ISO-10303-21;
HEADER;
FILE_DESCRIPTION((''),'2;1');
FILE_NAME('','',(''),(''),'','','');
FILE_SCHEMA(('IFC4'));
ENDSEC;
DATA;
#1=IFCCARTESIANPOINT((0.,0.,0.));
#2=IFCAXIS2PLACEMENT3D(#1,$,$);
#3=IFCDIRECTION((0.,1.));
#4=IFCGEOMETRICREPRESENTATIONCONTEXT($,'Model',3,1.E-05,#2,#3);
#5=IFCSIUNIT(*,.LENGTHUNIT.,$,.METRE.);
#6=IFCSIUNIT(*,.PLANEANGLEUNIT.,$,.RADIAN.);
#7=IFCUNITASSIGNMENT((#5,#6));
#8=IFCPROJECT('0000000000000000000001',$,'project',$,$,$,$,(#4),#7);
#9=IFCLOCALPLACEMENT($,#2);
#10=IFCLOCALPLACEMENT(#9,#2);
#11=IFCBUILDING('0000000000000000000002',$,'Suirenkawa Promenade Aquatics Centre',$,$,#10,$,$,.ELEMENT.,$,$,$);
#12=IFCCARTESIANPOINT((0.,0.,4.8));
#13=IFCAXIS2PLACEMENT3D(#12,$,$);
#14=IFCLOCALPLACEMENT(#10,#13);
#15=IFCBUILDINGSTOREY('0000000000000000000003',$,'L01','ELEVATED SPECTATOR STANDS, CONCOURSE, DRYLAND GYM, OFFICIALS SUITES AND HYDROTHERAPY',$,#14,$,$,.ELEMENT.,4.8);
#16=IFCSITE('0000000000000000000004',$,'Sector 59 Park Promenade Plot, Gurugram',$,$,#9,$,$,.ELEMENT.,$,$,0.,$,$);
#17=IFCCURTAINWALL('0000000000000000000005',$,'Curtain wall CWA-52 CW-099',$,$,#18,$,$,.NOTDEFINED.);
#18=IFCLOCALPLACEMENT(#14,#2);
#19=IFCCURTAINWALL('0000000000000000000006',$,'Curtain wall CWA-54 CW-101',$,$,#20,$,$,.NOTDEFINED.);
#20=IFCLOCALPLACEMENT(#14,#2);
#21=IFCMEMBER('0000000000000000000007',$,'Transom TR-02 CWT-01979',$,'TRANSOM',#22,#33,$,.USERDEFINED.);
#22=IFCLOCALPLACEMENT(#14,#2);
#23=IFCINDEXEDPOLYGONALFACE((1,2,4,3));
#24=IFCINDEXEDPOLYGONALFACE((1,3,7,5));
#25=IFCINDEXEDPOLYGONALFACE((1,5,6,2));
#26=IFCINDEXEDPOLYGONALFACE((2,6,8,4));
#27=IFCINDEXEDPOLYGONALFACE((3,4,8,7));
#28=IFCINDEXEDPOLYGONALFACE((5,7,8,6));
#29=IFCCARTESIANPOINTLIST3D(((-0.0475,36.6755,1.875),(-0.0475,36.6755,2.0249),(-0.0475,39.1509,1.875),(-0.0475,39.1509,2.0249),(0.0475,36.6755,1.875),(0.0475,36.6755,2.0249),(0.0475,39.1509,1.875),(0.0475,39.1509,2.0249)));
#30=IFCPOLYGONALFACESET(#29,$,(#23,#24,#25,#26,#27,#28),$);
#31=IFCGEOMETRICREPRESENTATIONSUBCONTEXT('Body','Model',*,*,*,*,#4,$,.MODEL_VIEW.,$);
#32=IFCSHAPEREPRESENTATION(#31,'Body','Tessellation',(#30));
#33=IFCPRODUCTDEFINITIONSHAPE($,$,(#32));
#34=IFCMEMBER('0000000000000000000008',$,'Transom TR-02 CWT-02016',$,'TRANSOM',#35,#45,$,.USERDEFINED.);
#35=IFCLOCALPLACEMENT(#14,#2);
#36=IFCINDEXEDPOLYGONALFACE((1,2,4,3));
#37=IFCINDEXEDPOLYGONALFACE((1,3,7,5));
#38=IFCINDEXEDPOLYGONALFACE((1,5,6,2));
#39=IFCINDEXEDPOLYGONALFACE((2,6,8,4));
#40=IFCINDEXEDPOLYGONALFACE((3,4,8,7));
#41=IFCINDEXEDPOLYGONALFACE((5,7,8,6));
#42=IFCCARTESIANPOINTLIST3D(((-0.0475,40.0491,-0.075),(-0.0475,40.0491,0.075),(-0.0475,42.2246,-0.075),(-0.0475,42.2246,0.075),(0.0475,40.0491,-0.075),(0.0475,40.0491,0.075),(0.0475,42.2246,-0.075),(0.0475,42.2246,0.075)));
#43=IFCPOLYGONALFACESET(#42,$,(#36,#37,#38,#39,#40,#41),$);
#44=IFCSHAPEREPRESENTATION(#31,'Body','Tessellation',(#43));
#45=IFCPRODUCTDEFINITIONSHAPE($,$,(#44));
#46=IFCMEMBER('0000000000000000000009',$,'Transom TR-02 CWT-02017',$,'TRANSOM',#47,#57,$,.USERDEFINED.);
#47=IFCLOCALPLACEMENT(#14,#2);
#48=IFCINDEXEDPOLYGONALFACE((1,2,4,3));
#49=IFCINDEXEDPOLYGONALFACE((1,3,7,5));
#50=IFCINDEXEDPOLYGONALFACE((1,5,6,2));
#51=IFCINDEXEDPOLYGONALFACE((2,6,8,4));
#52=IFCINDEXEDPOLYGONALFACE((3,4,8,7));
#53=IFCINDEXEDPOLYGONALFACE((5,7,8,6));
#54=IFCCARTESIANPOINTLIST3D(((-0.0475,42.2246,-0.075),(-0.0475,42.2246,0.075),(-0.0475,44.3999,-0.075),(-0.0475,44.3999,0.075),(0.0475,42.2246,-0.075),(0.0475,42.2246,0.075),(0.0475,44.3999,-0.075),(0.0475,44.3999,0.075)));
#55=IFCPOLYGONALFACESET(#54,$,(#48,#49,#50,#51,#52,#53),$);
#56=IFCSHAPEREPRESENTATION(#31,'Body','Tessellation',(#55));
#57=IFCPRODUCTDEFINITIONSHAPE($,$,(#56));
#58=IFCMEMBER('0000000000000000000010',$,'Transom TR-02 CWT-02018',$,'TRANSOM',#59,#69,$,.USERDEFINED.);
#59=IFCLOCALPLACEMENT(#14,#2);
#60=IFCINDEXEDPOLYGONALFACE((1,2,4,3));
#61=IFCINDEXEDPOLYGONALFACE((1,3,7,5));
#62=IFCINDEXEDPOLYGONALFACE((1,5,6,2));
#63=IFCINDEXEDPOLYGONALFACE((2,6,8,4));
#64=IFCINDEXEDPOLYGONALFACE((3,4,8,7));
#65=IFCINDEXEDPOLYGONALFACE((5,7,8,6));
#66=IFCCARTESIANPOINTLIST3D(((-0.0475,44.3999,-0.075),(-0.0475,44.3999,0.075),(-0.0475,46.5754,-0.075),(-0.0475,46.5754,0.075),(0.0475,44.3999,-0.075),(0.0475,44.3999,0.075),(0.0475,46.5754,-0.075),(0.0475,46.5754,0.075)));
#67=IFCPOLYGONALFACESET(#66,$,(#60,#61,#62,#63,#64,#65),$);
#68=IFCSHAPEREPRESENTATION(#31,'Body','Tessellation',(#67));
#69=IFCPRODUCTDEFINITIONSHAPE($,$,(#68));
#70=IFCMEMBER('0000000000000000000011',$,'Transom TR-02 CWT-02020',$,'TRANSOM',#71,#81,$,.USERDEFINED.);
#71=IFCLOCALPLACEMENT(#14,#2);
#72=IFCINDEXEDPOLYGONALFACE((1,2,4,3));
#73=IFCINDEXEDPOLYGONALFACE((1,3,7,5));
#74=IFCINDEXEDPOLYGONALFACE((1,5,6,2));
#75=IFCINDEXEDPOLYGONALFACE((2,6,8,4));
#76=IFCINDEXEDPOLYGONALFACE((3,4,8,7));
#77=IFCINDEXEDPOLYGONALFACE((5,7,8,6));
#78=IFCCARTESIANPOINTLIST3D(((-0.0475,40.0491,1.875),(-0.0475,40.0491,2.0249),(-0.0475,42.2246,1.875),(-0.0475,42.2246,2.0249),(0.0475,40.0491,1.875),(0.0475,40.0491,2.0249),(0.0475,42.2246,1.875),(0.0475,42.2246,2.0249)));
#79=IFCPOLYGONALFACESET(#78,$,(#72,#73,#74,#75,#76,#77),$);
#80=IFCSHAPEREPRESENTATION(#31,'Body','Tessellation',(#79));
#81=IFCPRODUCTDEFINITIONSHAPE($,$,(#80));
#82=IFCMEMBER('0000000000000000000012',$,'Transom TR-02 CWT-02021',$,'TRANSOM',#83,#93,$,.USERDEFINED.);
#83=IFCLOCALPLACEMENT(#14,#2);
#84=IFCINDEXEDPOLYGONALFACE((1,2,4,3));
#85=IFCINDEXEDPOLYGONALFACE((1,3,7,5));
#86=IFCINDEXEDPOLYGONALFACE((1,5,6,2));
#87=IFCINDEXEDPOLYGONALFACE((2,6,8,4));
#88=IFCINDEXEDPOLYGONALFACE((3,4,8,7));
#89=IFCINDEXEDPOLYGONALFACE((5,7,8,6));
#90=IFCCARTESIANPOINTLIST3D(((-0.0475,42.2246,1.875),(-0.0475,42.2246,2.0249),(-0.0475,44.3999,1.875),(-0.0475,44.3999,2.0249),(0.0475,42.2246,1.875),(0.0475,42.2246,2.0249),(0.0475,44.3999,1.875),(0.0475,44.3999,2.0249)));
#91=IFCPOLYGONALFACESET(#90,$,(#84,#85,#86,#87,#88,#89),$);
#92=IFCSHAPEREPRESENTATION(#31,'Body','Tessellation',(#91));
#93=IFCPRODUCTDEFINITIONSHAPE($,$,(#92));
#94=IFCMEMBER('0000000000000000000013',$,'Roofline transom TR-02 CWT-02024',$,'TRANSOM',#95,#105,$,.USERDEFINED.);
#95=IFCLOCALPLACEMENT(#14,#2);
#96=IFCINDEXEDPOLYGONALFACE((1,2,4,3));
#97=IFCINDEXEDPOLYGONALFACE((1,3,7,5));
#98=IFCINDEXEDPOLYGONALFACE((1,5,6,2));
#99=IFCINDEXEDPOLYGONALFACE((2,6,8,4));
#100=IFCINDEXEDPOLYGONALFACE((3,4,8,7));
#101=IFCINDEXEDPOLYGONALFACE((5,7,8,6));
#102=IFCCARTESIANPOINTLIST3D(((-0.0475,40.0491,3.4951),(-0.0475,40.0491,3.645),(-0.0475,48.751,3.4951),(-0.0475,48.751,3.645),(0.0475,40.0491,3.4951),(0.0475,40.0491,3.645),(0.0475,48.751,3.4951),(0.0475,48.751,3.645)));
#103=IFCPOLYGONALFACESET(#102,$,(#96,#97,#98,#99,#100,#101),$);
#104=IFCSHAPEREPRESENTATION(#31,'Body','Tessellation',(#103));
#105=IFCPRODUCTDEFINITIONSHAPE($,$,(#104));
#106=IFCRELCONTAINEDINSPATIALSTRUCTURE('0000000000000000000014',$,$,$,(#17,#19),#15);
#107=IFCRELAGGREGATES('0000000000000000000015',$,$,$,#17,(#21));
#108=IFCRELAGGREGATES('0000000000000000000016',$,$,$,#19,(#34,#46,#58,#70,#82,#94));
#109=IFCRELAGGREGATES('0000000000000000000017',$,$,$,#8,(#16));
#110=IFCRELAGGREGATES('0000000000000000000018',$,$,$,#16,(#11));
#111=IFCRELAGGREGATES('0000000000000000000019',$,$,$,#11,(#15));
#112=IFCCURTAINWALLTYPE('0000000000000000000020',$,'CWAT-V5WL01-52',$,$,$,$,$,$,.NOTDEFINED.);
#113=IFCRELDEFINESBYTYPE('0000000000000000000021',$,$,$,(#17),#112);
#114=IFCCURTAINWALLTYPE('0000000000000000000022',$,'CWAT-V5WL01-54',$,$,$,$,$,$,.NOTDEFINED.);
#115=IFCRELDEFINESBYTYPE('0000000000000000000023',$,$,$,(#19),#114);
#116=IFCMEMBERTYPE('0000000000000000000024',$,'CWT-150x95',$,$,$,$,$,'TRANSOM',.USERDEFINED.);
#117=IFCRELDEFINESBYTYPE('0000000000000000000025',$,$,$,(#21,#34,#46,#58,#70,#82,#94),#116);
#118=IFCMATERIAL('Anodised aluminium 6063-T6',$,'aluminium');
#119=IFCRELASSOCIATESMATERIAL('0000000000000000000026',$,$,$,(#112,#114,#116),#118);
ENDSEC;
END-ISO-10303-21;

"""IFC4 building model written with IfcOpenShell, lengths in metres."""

from ifc_helpers import new_model, si_unit, direction, frame, origin, origin_2d, place, context, subcontext, project, spatial, rectangle, extrude, material, material_profile, profile_set, type_object, element, aggregate, save


model = new_model("IFC4")

# Units and contexts
model_context = context("Model", 3, precision=1e-05, world=origin(), true_north=direction((0.0, 1.0)))
body_context = subcontext(model_context, "Body", "Model", "MODEL_VIEW")
ifc_project = project(units=[si_unit("LENGTHUNIT", "METRE"), si_unit("PLANEANGLEUNIT", "RADIAN")], contexts=[model_context])

# Site, building, storey
site_placement = place(None, origin())
site = spatial("IfcSite", under=ifc_project, at=site_placement, Name="Sector 59 Park Promenade Plot, Gurugram", CompositionType="ELEMENT", RefElevation=0.0)
building_placement = place(site_placement, origin())
building = spatial("IfcBuilding", under=site, at=building_placement, Name="Suirenkawa Promenade Aquatics Centre", CompositionType="ELEMENT")
storey_placement = place(building_placement, frame((0.0, 0.0, 4.8)))
storey = spatial("IfcBuildingStorey", under=building, at=storey_placement, Name="L01", Description="ELEVATED SPECTATOR STANDS, CONCOURSE, DRYLAND GYM, OFFICIALS SUITES AND HYDROTHERAPY", CompositionType="ELEMENT", Elevation=4.8)

# Curtain walls
ifc_material_1 = material(Name="Anodised aluminium 6063-T6", Category="aluminium")
curtain_wall_type_1 = type_object("IfcCurtainWallType", Name="CWAT-V5WL01-52", PredefinedType="NOTDEFINED", material=ifc_material_1)
curtain_wall_1_placement = place(storey_placement, origin())
curtain_wall_1 = element("IfcCurtainWall", 1, at=curtain_wall_1_placement, inside=storey, type_object=curtain_wall_type_1, Name="Curtain wall CWA-52 CW-099", PredefinedType="NOTDEFINED")
curtain_wall_type_2 = type_object("IfcCurtainWallType", Name="CWAT-V5WL01-54", PredefinedType="NOTDEFINED", material=ifc_material_1)
curtain_wall_2_placement = place(storey_placement, origin())
curtain_wall_2 = element("IfcCurtainWall", 2, at=curtain_wall_2_placement, inside=storey, type_object=curtain_wall_type_2, Name="Curtain wall CWA-54 CW-101", PredefinedType="NOTDEFINED")

# Members
ifc_material_profile_1 = material_profile(ifc_material_1, rectangle(XDim=0.095, YDim=0.1499, at=origin_2d()), Name="ALU TRAN 95x150", Category="aluminium")
ifc_profile_set_1 = profile_set([ifc_material_profile_1], Name="Anodised aluminium 6063-T6")
member_type_1 = type_object("IfcMemberType", Name="CWT-150x95", ElementType="TRANSOM", PredefinedType="USERDEFINED", material=ifc_profile_set_1)
member_1_placement = place(storey_placement, frame((0.0, 36.6755, 1.95), z_axis=(0.0, 1.0, 0.0), x_axis=(-1.0, 0.0, 0.0)))
member_1 = element("IfcMember", 3, at=member_1_placement, type_object=member_type_1, Name="Transom TR-02 CWT-01979", ObjectType="TRANSOM", PredefinedType="USERDEFINED", context=body_context, shape_type="SweptSolid", body=[
    extrude(rectangle(XDim=0.095, YDim=0.1499, at=origin_2d()), origin(), (0.0, 0.0, 1.0), 2.4753),
])
member_2_placement = place(storey_placement, frame((0.0, 40.0491, 0.0), z_axis=(0.0, 1.0, 0.0), x_axis=(-1.0, 0.0, 0.0)))
member_2 = element("IfcMember", 4, at=member_2_placement, type_object=member_type_1, Name="Transom TR-02 CWT-02016", ObjectType="TRANSOM", PredefinedType="USERDEFINED", context=body_context, shape_type="SweptSolid", body=[
    extrude(rectangle(XDim=0.095, YDim=0.1499, at=origin_2d()), origin(), (0.0, 0.0, 1.0), 2.1755),
])
member_3_placement = place(storey_placement, frame((0.0, 42.2246, 0.0), z_axis=(0.0, 1.0, 0.0), x_axis=(-1.0, 0.0, 0.0)))
member_3 = element("IfcMember", 5, at=member_3_placement, type_object=member_type_1, Name="Transom TR-02 CWT-02017", ObjectType="TRANSOM", PredefinedType="USERDEFINED", context=body_context, shape_type="SweptSolid", body=[
    extrude(rectangle(XDim=0.095, YDim=0.1499, at=origin_2d()), origin(), (0.0, 0.0, 1.0), 2.1753),
])
member_4_placement = place(storey_placement, frame((0.0, 44.3999, 0.0), z_axis=(0.0, 1.0, 0.0), x_axis=(-1.0, 0.0, 0.0)))
member_4 = element("IfcMember", 6, at=member_4_placement, type_object=member_type_1, Name="Transom TR-02 CWT-02018", ObjectType="TRANSOM", PredefinedType="USERDEFINED", context=body_context, shape_type="SweptSolid", body=[
    extrude(rectangle(XDim=0.095, YDim=0.1499, at=origin_2d()), origin(), (0.0, 0.0, 1.0), 2.1755),
])
member_5_placement = place(storey_placement, frame((0.0, 40.0491, 1.95), z_axis=(0.0, 1.0, 0.0), x_axis=(-1.0, 0.0, 0.0)))
member_5 = element("IfcMember", 7, at=member_5_placement, type_object=member_type_1, Name="Transom TR-02 CWT-02020", ObjectType="TRANSOM", PredefinedType="USERDEFINED", context=body_context, shape_type="SweptSolid", body=[
    extrude(rectangle(XDim=0.095, YDim=0.1499, at=origin_2d()), origin(), (0.0, 0.0, 1.0), 2.1755),
])
member_6_placement = place(storey_placement, frame((0.0, 42.2246, 1.95), z_axis=(0.0, 1.0, 0.0), x_axis=(-1.0, 0.0, 0.0)))
member_6 = element("IfcMember", 8, at=member_6_placement, type_object=member_type_1, Name="Transom TR-02 CWT-02021", ObjectType="TRANSOM", PredefinedType="USERDEFINED", context=body_context, shape_type="SweptSolid", body=[
    extrude(rectangle(XDim=0.095, YDim=0.1499, at=origin_2d()), origin(), (0.0, 0.0, 1.0), 2.1753),
])
member_7_placement = place(storey_placement, frame((0.0, 40.0491, 3.5701), z_axis=(0.0, 1.0, 0.0), x_axis=(-1.0, 0.0, 0.0)))
member_7 = element("IfcMember", 9, at=member_7_placement, type_object=member_type_1, Name="Roofline transom TR-02 CWT-02024", ObjectType="TRANSOM", PredefinedType="USERDEFINED", context=body_context, shape_type="SweptSolid", body=[
    extrude(rectangle(XDim=0.095, YDim=0.1499, at=origin_2d()), origin(), (0.0, 0.0, 1.0), 8.7019),
])

aggregate(curtain_wall_1, [member_1])
aggregate(curtain_wall_2, [member_2, member_3, member_4, member_5, member_6, member_7])

save(model, "model.ifc")
